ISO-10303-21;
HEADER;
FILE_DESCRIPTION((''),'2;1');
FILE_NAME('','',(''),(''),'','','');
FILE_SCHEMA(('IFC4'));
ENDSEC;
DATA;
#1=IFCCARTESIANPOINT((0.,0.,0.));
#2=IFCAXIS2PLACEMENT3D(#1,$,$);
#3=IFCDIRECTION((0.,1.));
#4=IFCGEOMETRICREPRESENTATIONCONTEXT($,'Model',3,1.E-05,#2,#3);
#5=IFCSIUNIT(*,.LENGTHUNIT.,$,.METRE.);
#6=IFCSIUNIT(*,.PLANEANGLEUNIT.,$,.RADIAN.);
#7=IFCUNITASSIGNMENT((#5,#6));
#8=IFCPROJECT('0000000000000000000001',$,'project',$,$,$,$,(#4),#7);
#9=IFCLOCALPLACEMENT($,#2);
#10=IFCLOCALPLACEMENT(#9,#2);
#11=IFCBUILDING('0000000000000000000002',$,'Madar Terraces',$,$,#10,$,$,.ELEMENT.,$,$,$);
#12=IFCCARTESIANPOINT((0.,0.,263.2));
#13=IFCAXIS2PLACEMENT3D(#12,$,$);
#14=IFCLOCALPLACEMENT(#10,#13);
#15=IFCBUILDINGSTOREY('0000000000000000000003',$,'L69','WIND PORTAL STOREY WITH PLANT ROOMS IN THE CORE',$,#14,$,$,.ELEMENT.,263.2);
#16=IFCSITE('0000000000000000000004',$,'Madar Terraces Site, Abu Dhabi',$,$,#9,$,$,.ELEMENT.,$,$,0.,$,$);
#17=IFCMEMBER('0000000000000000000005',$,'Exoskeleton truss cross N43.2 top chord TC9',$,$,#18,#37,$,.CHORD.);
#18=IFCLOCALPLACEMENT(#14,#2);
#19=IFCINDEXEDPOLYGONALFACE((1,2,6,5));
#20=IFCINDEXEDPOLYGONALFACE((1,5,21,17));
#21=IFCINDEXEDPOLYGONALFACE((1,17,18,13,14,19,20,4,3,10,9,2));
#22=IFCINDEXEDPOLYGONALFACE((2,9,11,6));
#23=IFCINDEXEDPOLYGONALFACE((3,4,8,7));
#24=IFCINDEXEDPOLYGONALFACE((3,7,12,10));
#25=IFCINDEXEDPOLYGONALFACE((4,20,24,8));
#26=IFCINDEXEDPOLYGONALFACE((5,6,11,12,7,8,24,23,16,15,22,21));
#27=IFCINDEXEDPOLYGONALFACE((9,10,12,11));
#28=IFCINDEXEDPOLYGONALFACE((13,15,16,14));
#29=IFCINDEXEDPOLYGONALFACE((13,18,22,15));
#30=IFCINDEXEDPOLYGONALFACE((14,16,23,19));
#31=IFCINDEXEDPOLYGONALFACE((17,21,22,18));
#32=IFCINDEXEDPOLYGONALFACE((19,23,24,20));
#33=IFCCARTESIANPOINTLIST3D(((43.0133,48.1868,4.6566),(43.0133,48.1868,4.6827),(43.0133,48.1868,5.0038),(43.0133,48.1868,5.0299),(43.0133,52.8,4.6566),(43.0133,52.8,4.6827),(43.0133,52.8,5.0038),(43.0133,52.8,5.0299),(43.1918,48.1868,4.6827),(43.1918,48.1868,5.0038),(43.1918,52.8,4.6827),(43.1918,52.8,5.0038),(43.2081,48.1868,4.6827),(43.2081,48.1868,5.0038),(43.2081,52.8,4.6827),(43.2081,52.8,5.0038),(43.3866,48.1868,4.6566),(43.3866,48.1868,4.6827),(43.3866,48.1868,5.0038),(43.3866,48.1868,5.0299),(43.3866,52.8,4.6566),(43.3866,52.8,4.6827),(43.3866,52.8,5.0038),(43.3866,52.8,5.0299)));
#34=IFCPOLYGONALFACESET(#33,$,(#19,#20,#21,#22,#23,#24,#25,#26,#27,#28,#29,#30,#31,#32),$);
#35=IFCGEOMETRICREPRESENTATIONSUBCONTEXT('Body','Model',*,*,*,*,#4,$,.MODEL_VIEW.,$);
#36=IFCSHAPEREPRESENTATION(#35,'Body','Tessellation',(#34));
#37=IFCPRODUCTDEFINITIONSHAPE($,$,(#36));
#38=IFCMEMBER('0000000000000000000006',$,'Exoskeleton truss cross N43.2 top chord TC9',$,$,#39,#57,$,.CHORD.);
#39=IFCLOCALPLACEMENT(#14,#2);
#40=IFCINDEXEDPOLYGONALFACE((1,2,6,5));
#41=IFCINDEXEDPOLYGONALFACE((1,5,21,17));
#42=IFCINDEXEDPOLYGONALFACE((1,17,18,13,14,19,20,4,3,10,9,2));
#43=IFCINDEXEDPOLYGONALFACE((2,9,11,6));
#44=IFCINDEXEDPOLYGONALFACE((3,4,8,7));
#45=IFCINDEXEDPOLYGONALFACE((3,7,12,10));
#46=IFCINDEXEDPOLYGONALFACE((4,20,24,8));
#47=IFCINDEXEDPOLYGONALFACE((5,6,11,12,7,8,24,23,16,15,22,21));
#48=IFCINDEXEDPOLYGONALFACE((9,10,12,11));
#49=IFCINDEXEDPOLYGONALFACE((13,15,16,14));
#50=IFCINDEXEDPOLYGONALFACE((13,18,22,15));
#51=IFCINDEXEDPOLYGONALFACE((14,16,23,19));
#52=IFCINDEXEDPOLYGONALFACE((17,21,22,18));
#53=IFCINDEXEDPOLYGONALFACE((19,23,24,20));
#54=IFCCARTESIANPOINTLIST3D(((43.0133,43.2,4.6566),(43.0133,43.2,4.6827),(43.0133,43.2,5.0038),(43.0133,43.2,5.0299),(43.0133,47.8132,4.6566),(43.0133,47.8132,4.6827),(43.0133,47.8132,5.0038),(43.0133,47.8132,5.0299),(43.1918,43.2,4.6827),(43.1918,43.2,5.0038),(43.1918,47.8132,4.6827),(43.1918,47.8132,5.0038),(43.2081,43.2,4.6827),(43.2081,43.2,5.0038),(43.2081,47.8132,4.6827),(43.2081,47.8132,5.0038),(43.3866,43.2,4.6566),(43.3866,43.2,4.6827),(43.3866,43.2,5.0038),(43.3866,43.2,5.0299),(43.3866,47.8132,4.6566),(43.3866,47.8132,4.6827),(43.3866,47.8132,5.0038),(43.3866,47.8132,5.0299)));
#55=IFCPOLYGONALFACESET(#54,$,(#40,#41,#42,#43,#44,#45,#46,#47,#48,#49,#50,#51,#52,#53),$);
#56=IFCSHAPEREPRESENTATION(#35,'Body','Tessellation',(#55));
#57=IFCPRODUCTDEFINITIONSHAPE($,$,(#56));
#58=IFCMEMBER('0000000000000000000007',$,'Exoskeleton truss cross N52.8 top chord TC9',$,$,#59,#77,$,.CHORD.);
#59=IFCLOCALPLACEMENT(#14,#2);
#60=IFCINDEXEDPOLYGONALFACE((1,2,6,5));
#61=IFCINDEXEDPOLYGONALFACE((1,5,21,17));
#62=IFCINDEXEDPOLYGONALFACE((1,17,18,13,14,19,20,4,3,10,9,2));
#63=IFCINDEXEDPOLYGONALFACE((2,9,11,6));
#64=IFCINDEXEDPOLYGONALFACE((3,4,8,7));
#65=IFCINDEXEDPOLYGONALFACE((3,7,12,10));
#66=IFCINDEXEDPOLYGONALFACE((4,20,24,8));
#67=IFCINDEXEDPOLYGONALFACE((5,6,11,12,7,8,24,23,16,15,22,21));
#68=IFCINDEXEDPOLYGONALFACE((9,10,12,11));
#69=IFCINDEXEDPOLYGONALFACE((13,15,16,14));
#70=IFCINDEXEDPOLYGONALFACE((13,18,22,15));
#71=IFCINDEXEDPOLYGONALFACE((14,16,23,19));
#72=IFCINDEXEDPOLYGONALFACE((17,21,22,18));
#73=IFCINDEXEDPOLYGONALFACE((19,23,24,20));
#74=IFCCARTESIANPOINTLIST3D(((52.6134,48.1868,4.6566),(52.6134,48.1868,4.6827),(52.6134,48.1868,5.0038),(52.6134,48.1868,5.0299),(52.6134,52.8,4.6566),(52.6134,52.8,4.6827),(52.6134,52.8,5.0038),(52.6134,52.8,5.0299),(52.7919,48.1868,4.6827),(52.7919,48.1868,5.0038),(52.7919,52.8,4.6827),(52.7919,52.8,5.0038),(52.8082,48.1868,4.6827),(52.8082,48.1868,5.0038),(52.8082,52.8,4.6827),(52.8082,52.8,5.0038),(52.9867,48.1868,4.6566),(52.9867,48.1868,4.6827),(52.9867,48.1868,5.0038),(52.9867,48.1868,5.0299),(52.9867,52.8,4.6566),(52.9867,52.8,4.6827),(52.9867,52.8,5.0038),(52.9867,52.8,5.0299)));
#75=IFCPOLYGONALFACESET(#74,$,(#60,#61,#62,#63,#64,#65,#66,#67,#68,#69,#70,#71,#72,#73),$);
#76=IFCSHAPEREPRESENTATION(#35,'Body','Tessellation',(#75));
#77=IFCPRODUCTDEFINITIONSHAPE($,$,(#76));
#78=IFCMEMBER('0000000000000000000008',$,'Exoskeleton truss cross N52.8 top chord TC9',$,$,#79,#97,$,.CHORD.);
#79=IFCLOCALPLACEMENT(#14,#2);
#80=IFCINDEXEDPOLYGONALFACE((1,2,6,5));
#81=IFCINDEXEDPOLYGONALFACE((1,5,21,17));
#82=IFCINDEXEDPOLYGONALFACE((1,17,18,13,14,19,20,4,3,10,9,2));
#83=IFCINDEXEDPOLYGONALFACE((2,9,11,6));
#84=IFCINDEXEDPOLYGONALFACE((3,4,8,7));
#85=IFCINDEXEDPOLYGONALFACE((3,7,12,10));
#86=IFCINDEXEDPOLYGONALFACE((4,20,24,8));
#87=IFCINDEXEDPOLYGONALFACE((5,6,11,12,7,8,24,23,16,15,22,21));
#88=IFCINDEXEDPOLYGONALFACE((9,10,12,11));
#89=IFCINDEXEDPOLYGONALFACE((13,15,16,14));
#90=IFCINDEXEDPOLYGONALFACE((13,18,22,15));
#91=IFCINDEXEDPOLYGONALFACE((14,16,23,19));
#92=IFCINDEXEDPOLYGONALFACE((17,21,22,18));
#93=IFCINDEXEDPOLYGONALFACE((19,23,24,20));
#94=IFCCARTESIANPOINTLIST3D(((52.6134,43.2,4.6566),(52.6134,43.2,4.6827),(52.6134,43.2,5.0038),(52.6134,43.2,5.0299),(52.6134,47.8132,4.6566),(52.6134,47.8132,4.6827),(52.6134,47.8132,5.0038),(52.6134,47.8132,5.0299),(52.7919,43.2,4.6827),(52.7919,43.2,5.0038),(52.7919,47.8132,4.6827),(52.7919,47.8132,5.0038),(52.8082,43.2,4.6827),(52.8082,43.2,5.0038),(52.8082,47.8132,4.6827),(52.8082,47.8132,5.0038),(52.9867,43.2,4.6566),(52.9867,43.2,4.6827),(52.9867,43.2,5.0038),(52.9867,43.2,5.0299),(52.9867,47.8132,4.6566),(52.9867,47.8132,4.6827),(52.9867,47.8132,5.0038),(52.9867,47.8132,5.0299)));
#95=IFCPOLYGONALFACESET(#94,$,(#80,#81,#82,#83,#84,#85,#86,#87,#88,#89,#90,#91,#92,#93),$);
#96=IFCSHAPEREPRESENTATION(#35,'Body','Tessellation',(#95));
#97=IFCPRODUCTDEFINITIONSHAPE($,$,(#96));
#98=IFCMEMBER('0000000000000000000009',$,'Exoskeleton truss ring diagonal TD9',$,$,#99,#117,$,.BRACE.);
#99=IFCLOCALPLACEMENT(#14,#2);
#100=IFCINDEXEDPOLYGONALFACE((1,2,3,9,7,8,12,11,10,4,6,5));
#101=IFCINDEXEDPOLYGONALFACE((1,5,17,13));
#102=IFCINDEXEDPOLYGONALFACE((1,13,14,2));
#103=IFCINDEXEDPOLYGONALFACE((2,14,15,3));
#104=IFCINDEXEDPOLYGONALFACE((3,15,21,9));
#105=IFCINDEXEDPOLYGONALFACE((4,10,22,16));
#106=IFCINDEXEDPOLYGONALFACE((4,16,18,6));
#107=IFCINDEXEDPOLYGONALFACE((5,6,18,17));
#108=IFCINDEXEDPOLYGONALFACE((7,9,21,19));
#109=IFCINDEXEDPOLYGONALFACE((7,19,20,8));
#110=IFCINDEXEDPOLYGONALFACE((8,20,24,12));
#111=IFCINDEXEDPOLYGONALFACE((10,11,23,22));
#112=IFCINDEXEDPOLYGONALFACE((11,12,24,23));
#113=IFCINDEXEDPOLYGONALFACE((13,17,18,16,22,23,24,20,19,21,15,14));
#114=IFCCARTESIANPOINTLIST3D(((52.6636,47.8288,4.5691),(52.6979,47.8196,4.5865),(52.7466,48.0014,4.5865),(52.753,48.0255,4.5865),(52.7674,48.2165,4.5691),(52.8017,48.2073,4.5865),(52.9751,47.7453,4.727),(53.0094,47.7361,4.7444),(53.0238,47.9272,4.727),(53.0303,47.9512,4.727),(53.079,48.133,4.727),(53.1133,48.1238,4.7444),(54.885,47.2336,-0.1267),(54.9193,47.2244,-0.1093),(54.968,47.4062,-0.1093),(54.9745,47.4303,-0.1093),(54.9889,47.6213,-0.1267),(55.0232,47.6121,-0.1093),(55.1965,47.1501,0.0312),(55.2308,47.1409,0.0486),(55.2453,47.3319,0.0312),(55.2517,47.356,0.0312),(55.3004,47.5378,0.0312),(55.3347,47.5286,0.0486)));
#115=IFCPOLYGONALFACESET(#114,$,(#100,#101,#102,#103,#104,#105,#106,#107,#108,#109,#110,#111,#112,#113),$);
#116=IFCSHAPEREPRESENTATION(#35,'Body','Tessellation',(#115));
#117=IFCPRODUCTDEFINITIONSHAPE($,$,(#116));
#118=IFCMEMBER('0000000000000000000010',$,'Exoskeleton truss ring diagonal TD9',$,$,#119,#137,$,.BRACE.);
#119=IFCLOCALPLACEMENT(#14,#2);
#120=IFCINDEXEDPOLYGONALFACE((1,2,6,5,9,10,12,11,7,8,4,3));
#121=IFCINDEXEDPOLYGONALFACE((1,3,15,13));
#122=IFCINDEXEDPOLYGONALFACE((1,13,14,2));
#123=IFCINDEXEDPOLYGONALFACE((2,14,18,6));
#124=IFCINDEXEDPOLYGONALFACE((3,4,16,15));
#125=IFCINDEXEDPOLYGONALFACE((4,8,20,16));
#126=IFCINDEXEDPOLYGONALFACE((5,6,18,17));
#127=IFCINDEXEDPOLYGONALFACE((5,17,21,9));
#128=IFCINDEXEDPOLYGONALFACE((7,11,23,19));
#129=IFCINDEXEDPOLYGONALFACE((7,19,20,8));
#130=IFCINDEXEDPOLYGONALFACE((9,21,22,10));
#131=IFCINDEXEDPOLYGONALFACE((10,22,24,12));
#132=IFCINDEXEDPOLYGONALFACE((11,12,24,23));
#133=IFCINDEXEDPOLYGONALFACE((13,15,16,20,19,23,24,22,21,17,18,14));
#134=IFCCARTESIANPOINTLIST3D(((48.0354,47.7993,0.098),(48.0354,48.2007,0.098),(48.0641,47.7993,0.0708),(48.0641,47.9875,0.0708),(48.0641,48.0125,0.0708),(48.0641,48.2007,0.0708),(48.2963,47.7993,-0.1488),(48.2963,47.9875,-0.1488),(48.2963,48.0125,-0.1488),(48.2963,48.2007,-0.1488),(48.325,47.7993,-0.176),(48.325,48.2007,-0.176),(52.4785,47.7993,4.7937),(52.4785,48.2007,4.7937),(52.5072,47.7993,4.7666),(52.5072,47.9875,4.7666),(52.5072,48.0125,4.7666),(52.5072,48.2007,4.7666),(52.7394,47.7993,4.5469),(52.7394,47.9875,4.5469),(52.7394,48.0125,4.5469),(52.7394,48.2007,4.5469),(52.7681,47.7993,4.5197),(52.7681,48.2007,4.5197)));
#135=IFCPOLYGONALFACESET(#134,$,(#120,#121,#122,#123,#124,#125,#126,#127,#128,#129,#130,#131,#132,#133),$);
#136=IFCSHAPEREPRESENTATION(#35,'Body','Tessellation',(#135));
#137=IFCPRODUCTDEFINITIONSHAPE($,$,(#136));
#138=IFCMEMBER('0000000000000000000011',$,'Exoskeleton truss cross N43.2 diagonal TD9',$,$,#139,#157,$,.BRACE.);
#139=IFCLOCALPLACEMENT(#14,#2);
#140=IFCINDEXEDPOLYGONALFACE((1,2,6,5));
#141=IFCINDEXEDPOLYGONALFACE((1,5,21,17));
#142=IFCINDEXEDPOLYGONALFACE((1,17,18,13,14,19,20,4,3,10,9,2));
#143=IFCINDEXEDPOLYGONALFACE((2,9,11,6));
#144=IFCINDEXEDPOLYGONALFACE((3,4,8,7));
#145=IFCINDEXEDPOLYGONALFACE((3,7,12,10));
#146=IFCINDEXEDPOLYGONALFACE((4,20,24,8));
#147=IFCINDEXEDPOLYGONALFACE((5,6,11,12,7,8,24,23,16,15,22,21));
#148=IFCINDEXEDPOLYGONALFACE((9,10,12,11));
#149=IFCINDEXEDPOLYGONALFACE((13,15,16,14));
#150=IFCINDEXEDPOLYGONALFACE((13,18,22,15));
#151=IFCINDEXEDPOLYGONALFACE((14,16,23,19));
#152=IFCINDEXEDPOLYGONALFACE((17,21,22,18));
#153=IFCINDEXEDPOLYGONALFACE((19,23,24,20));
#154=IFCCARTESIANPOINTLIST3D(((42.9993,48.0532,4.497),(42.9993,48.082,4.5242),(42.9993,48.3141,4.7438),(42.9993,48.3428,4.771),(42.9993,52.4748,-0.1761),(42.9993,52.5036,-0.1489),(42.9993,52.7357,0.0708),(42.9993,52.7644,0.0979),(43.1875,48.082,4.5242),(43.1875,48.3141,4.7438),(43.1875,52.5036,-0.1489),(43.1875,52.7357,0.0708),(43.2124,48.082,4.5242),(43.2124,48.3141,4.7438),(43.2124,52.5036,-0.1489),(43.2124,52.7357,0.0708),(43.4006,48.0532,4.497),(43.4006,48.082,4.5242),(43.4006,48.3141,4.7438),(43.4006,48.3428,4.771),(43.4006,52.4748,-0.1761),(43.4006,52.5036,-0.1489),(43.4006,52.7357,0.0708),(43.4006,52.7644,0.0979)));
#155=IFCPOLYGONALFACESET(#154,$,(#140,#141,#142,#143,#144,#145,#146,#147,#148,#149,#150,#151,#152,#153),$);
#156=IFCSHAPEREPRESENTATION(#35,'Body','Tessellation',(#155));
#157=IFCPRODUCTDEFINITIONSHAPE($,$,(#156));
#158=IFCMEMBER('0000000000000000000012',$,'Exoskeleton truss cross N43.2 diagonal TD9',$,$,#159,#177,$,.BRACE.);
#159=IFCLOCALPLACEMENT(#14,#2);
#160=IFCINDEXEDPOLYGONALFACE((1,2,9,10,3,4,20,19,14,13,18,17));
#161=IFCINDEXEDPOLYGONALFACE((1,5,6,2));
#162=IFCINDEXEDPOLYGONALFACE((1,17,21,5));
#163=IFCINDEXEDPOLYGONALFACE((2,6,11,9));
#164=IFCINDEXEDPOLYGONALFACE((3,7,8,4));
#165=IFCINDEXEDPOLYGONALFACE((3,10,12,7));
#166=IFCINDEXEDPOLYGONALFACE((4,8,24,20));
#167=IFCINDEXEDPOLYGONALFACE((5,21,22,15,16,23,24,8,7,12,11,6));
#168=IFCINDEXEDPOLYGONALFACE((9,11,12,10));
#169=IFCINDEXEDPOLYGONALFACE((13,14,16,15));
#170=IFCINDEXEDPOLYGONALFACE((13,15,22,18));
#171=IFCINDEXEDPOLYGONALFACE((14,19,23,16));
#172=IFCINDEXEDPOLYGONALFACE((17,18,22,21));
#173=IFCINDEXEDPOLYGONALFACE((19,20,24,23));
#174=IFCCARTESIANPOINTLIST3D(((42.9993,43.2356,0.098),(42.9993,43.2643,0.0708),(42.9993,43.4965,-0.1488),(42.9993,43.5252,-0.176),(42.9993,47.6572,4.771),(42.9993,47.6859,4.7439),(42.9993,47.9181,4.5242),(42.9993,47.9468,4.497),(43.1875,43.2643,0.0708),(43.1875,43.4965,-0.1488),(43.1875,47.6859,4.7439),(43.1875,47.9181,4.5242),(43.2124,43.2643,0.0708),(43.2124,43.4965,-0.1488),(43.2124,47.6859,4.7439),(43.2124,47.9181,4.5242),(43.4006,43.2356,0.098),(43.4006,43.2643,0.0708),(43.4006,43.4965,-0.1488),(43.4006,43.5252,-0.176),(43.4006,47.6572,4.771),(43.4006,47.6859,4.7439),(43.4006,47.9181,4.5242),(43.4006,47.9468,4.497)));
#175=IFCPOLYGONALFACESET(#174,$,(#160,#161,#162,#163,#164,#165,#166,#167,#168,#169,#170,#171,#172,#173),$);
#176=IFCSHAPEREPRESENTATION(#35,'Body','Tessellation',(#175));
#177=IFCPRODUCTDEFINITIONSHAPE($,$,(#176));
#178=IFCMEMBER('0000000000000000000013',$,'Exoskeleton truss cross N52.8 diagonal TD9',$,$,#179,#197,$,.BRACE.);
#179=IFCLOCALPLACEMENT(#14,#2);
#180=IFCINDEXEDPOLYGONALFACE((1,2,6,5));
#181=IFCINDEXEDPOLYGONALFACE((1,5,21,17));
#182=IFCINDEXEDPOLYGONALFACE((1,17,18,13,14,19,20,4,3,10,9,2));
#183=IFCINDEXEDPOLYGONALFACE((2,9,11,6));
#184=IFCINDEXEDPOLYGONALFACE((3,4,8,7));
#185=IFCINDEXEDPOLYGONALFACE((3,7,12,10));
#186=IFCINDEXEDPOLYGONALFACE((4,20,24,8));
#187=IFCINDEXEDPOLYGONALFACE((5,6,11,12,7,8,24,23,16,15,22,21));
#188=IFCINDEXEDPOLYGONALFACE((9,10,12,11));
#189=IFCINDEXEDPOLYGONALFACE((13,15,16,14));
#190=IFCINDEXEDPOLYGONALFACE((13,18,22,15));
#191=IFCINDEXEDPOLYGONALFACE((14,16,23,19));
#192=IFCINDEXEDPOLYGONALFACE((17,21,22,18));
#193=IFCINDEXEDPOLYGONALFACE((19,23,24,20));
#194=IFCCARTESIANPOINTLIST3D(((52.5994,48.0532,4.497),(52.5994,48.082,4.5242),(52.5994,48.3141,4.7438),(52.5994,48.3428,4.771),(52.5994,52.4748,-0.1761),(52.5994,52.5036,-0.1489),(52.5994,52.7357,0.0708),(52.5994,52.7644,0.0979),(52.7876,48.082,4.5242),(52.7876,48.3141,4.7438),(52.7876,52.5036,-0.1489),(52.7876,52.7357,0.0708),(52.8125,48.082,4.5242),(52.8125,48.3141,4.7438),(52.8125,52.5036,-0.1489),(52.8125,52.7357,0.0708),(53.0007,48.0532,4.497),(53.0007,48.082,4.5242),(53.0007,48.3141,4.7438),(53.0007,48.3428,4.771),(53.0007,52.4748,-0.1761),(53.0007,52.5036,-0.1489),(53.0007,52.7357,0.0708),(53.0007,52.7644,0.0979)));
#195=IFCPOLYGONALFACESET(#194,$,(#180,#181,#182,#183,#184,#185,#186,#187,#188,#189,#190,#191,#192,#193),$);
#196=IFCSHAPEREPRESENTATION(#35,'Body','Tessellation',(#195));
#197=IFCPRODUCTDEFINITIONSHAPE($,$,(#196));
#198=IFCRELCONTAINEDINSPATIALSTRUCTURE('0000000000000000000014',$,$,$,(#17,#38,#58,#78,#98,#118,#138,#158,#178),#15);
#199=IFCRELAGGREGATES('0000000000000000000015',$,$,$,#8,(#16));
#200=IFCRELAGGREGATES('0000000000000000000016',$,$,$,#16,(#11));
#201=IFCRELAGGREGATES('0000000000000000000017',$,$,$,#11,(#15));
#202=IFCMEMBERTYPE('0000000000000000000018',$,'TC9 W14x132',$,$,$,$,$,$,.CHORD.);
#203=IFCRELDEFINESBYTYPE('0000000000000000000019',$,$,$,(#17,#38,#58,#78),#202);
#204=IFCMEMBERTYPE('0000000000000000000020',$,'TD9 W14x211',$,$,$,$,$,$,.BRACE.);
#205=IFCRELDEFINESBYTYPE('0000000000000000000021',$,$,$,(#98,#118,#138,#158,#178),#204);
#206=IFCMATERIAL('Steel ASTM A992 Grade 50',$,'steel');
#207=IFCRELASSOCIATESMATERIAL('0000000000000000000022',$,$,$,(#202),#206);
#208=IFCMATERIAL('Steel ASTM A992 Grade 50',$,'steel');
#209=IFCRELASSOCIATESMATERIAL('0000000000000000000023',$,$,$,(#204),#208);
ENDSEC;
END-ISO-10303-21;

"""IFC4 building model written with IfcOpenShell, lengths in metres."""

from ifc_helpers import new_model, si_unit, direction, frame, origin, origin_2d, place, context, subcontext, project, spatial, i_section, extrude, material, material_profile, profile_set, type_object, element, save


model = new_model("IFC4")

# Units and contexts
model_context = context("Model", 3, precision=1e-05, world=origin(), true_north=direction((0.0, 1.0)))
body_context = subcontext(model_context, "Body", "Model", "MODEL_VIEW")
ifc_project = project(units=[si_unit("LENGTHUNIT", "METRE"), si_unit("PLANEANGLEUNIT", "RADIAN")], contexts=[model_context])

# Site, building, storey
site_placement = place(None, origin())
site = spatial("IfcSite", under=ifc_project, at=site_placement, Name="Madar Terraces Site, Abu Dhabi", CompositionType="ELEMENT", RefElevation=0.0)
building_placement = place(site_placement, origin())
building = spatial("IfcBuilding", under=site, at=building_placement, Name="Madar Terraces", CompositionType="ELEMENT")
storey_placement = place(building_placement, frame((0.0, 0.0, 263.2)))
storey = spatial("IfcBuildingStorey", under=building, at=storey_placement, Name="L69", Description="WIND PORTAL STOREY WITH PLANT ROOMS IN THE CORE", CompositionType="ELEMENT", Elevation=263.2)

# Members
ifc_material_1 = material(Name="Steel ASTM A992 Grade 50", Category="steel")
ifc_material_profile_1 = material_profile(ifc_material_1, i_section(OverallWidth=0.3733, OverallDepth=0.3733, WebThickness=0.0164, FlangeThickness=0.0261, at=origin_2d()), Name="W14x132")
ifc_profile_set_1 = profile_set([ifc_material_profile_1], Name="Steel ASTM A992 Grade 50")
member_type_1 = type_object("IfcMemberType", Name="TC9 W14x132", PredefinedType="CHORD", material=ifc_profile_set_1)
for number, where, z_axis, x_axis, name in (
    (1, (43.2, 52.8, 4.8433), (0.0, -1.0, 0.0), (1.0, 0.0, 0.0), "Exoskeleton truss cross N43.2 top chord TC9"),
    (2, (43.2, 47.8132, 4.8433), (0.0, -1.0, 0.0), (1.0, 0.0, 0.0), "Exoskeleton truss cross N43.2 top chord TC9"),
    (3, (52.8, 52.8, 4.8433), (0.0, -1.0, 0.0), (1.0, 0.0, 0.0), "Exoskeleton truss cross N52.8 top chord TC9"),
    (4, (52.8, 47.8132, 4.8433), (0.0, -1.0, 0.0), (1.0, 0.0, 0.0), "Exoskeleton truss cross N52.8 top chord TC9"),
):
    element("IfcMember", number, at=place(storey_placement, frame(where, z_axis=z_axis, x_axis=x_axis)), inside=storey, type_object=member_type_1, Name=name, PredefinedType="CHORD", context=body_context, shape_type="SweptSolid", body=[
        extrude(i_section(OverallWidth=0.3733, OverallDepth=0.3733, WebThickness=0.0164, FlangeThickness=0.0261, at=origin_2d()), origin(), (0.0, 0.0, 1.0), 4.6133),
    ])
ifc_material_2 = material(Name="Steel ASTM A992 Grade 50", Category="steel")
ifc_material_profile_2 = material_profile(ifc_material_2, i_section(OverallWidth=0.4014, OverallDepth=0.3987, WebThickness=0.0249, FlangeThickness=0.0396, at=origin_2d()), Name="W14x211")
ifc_profile_set_2 = profile_set([ifc_material_profile_2], Name="Steel ASTM A992 Grade 50")
member_type_2 = type_object("IfcMemberType", Name="TD9 W14x211", PredefinedType="BRACE", material=ifc_profile_set_2)
member_1_placement = place(storey_placement, frame((55.1099, 47.3811, -0.0391), z_axis=(-0.424852, 0.113835, 0.898077), x_axis=(-0.258812, -0.965928, 0.0)))
element("IfcMember", 5, at=member_1_placement, inside=storey, type_object=member_type_2, Name="Exoskeleton truss ring diagonal TD9", PredefinedType="BRACE", context=body_context, shape_type="SweptSolid", body=[
    extrude(i_section(OverallWidth=0.4014, OverallDepth=0.3987, WebThickness=0.0249, FlangeThickness=0.0396, at=origin_2d()), origin(), (0.0, 0.0, 1.0), 5.2288),
])
member_2_placement = place(storey_placement, frame((52.6233, 48.0, 4.6567), z_axis=(-0.687293, 0.0, -0.72638), x_axis=(0.0, -1.0, 0.0)))
element("IfcMember", 6, at=member_2_placement, inside=storey, type_object=member_type_2, Name="Exoskeleton truss ring diagonal TD9", PredefinedType="BRACE", context=body_context, shape_type="SweptSolid", body=[
    extrude(i_section(OverallWidth=0.4014, OverallDepth=0.3987, WebThickness=0.0249, FlangeThickness=0.0396, at=origin_2d()), origin(), (0.0, 0.0, 1.0), 6.4646),
])
for number, where, z_axis, x_axis, name in (
    (7, (43.2, 52.6196, -0.0391), (0.0, -0.687293, 0.72638), (1.0, 0.0, 0.0), "Exoskeleton truss cross N43.2 diagonal TD9"),
    (8, (43.2, 47.802, 4.634), (0.0, -0.687293, -0.72638), (1.0, 0.0, 0.0), "Exoskeleton truss cross N43.2 diagonal TD9"),
    (9, (52.8, 52.6196, -0.0391), (0.0, -0.687293, 0.72638), (1.0, 0.0, 0.0), "Exoskeleton truss cross N52.8 diagonal TD9"),
):
    element("IfcMember", number, at=place(storey_placement, frame(where, z_axis=z_axis, x_axis=x_axis)), inside=storey, type_object=member_type_2, Name=name, PredefinedType="BRACE", context=body_context, shape_type="SweptSolid", body=[
        extrude(i_section(OverallWidth=0.4014, OverallDepth=0.3987, WebThickness=0.0249, FlangeThickness=0.0396, at=origin_2d()), origin(), (0.0, 0.0, 1.0), 6.4333),
    ])

save(model, "model.ifc")
